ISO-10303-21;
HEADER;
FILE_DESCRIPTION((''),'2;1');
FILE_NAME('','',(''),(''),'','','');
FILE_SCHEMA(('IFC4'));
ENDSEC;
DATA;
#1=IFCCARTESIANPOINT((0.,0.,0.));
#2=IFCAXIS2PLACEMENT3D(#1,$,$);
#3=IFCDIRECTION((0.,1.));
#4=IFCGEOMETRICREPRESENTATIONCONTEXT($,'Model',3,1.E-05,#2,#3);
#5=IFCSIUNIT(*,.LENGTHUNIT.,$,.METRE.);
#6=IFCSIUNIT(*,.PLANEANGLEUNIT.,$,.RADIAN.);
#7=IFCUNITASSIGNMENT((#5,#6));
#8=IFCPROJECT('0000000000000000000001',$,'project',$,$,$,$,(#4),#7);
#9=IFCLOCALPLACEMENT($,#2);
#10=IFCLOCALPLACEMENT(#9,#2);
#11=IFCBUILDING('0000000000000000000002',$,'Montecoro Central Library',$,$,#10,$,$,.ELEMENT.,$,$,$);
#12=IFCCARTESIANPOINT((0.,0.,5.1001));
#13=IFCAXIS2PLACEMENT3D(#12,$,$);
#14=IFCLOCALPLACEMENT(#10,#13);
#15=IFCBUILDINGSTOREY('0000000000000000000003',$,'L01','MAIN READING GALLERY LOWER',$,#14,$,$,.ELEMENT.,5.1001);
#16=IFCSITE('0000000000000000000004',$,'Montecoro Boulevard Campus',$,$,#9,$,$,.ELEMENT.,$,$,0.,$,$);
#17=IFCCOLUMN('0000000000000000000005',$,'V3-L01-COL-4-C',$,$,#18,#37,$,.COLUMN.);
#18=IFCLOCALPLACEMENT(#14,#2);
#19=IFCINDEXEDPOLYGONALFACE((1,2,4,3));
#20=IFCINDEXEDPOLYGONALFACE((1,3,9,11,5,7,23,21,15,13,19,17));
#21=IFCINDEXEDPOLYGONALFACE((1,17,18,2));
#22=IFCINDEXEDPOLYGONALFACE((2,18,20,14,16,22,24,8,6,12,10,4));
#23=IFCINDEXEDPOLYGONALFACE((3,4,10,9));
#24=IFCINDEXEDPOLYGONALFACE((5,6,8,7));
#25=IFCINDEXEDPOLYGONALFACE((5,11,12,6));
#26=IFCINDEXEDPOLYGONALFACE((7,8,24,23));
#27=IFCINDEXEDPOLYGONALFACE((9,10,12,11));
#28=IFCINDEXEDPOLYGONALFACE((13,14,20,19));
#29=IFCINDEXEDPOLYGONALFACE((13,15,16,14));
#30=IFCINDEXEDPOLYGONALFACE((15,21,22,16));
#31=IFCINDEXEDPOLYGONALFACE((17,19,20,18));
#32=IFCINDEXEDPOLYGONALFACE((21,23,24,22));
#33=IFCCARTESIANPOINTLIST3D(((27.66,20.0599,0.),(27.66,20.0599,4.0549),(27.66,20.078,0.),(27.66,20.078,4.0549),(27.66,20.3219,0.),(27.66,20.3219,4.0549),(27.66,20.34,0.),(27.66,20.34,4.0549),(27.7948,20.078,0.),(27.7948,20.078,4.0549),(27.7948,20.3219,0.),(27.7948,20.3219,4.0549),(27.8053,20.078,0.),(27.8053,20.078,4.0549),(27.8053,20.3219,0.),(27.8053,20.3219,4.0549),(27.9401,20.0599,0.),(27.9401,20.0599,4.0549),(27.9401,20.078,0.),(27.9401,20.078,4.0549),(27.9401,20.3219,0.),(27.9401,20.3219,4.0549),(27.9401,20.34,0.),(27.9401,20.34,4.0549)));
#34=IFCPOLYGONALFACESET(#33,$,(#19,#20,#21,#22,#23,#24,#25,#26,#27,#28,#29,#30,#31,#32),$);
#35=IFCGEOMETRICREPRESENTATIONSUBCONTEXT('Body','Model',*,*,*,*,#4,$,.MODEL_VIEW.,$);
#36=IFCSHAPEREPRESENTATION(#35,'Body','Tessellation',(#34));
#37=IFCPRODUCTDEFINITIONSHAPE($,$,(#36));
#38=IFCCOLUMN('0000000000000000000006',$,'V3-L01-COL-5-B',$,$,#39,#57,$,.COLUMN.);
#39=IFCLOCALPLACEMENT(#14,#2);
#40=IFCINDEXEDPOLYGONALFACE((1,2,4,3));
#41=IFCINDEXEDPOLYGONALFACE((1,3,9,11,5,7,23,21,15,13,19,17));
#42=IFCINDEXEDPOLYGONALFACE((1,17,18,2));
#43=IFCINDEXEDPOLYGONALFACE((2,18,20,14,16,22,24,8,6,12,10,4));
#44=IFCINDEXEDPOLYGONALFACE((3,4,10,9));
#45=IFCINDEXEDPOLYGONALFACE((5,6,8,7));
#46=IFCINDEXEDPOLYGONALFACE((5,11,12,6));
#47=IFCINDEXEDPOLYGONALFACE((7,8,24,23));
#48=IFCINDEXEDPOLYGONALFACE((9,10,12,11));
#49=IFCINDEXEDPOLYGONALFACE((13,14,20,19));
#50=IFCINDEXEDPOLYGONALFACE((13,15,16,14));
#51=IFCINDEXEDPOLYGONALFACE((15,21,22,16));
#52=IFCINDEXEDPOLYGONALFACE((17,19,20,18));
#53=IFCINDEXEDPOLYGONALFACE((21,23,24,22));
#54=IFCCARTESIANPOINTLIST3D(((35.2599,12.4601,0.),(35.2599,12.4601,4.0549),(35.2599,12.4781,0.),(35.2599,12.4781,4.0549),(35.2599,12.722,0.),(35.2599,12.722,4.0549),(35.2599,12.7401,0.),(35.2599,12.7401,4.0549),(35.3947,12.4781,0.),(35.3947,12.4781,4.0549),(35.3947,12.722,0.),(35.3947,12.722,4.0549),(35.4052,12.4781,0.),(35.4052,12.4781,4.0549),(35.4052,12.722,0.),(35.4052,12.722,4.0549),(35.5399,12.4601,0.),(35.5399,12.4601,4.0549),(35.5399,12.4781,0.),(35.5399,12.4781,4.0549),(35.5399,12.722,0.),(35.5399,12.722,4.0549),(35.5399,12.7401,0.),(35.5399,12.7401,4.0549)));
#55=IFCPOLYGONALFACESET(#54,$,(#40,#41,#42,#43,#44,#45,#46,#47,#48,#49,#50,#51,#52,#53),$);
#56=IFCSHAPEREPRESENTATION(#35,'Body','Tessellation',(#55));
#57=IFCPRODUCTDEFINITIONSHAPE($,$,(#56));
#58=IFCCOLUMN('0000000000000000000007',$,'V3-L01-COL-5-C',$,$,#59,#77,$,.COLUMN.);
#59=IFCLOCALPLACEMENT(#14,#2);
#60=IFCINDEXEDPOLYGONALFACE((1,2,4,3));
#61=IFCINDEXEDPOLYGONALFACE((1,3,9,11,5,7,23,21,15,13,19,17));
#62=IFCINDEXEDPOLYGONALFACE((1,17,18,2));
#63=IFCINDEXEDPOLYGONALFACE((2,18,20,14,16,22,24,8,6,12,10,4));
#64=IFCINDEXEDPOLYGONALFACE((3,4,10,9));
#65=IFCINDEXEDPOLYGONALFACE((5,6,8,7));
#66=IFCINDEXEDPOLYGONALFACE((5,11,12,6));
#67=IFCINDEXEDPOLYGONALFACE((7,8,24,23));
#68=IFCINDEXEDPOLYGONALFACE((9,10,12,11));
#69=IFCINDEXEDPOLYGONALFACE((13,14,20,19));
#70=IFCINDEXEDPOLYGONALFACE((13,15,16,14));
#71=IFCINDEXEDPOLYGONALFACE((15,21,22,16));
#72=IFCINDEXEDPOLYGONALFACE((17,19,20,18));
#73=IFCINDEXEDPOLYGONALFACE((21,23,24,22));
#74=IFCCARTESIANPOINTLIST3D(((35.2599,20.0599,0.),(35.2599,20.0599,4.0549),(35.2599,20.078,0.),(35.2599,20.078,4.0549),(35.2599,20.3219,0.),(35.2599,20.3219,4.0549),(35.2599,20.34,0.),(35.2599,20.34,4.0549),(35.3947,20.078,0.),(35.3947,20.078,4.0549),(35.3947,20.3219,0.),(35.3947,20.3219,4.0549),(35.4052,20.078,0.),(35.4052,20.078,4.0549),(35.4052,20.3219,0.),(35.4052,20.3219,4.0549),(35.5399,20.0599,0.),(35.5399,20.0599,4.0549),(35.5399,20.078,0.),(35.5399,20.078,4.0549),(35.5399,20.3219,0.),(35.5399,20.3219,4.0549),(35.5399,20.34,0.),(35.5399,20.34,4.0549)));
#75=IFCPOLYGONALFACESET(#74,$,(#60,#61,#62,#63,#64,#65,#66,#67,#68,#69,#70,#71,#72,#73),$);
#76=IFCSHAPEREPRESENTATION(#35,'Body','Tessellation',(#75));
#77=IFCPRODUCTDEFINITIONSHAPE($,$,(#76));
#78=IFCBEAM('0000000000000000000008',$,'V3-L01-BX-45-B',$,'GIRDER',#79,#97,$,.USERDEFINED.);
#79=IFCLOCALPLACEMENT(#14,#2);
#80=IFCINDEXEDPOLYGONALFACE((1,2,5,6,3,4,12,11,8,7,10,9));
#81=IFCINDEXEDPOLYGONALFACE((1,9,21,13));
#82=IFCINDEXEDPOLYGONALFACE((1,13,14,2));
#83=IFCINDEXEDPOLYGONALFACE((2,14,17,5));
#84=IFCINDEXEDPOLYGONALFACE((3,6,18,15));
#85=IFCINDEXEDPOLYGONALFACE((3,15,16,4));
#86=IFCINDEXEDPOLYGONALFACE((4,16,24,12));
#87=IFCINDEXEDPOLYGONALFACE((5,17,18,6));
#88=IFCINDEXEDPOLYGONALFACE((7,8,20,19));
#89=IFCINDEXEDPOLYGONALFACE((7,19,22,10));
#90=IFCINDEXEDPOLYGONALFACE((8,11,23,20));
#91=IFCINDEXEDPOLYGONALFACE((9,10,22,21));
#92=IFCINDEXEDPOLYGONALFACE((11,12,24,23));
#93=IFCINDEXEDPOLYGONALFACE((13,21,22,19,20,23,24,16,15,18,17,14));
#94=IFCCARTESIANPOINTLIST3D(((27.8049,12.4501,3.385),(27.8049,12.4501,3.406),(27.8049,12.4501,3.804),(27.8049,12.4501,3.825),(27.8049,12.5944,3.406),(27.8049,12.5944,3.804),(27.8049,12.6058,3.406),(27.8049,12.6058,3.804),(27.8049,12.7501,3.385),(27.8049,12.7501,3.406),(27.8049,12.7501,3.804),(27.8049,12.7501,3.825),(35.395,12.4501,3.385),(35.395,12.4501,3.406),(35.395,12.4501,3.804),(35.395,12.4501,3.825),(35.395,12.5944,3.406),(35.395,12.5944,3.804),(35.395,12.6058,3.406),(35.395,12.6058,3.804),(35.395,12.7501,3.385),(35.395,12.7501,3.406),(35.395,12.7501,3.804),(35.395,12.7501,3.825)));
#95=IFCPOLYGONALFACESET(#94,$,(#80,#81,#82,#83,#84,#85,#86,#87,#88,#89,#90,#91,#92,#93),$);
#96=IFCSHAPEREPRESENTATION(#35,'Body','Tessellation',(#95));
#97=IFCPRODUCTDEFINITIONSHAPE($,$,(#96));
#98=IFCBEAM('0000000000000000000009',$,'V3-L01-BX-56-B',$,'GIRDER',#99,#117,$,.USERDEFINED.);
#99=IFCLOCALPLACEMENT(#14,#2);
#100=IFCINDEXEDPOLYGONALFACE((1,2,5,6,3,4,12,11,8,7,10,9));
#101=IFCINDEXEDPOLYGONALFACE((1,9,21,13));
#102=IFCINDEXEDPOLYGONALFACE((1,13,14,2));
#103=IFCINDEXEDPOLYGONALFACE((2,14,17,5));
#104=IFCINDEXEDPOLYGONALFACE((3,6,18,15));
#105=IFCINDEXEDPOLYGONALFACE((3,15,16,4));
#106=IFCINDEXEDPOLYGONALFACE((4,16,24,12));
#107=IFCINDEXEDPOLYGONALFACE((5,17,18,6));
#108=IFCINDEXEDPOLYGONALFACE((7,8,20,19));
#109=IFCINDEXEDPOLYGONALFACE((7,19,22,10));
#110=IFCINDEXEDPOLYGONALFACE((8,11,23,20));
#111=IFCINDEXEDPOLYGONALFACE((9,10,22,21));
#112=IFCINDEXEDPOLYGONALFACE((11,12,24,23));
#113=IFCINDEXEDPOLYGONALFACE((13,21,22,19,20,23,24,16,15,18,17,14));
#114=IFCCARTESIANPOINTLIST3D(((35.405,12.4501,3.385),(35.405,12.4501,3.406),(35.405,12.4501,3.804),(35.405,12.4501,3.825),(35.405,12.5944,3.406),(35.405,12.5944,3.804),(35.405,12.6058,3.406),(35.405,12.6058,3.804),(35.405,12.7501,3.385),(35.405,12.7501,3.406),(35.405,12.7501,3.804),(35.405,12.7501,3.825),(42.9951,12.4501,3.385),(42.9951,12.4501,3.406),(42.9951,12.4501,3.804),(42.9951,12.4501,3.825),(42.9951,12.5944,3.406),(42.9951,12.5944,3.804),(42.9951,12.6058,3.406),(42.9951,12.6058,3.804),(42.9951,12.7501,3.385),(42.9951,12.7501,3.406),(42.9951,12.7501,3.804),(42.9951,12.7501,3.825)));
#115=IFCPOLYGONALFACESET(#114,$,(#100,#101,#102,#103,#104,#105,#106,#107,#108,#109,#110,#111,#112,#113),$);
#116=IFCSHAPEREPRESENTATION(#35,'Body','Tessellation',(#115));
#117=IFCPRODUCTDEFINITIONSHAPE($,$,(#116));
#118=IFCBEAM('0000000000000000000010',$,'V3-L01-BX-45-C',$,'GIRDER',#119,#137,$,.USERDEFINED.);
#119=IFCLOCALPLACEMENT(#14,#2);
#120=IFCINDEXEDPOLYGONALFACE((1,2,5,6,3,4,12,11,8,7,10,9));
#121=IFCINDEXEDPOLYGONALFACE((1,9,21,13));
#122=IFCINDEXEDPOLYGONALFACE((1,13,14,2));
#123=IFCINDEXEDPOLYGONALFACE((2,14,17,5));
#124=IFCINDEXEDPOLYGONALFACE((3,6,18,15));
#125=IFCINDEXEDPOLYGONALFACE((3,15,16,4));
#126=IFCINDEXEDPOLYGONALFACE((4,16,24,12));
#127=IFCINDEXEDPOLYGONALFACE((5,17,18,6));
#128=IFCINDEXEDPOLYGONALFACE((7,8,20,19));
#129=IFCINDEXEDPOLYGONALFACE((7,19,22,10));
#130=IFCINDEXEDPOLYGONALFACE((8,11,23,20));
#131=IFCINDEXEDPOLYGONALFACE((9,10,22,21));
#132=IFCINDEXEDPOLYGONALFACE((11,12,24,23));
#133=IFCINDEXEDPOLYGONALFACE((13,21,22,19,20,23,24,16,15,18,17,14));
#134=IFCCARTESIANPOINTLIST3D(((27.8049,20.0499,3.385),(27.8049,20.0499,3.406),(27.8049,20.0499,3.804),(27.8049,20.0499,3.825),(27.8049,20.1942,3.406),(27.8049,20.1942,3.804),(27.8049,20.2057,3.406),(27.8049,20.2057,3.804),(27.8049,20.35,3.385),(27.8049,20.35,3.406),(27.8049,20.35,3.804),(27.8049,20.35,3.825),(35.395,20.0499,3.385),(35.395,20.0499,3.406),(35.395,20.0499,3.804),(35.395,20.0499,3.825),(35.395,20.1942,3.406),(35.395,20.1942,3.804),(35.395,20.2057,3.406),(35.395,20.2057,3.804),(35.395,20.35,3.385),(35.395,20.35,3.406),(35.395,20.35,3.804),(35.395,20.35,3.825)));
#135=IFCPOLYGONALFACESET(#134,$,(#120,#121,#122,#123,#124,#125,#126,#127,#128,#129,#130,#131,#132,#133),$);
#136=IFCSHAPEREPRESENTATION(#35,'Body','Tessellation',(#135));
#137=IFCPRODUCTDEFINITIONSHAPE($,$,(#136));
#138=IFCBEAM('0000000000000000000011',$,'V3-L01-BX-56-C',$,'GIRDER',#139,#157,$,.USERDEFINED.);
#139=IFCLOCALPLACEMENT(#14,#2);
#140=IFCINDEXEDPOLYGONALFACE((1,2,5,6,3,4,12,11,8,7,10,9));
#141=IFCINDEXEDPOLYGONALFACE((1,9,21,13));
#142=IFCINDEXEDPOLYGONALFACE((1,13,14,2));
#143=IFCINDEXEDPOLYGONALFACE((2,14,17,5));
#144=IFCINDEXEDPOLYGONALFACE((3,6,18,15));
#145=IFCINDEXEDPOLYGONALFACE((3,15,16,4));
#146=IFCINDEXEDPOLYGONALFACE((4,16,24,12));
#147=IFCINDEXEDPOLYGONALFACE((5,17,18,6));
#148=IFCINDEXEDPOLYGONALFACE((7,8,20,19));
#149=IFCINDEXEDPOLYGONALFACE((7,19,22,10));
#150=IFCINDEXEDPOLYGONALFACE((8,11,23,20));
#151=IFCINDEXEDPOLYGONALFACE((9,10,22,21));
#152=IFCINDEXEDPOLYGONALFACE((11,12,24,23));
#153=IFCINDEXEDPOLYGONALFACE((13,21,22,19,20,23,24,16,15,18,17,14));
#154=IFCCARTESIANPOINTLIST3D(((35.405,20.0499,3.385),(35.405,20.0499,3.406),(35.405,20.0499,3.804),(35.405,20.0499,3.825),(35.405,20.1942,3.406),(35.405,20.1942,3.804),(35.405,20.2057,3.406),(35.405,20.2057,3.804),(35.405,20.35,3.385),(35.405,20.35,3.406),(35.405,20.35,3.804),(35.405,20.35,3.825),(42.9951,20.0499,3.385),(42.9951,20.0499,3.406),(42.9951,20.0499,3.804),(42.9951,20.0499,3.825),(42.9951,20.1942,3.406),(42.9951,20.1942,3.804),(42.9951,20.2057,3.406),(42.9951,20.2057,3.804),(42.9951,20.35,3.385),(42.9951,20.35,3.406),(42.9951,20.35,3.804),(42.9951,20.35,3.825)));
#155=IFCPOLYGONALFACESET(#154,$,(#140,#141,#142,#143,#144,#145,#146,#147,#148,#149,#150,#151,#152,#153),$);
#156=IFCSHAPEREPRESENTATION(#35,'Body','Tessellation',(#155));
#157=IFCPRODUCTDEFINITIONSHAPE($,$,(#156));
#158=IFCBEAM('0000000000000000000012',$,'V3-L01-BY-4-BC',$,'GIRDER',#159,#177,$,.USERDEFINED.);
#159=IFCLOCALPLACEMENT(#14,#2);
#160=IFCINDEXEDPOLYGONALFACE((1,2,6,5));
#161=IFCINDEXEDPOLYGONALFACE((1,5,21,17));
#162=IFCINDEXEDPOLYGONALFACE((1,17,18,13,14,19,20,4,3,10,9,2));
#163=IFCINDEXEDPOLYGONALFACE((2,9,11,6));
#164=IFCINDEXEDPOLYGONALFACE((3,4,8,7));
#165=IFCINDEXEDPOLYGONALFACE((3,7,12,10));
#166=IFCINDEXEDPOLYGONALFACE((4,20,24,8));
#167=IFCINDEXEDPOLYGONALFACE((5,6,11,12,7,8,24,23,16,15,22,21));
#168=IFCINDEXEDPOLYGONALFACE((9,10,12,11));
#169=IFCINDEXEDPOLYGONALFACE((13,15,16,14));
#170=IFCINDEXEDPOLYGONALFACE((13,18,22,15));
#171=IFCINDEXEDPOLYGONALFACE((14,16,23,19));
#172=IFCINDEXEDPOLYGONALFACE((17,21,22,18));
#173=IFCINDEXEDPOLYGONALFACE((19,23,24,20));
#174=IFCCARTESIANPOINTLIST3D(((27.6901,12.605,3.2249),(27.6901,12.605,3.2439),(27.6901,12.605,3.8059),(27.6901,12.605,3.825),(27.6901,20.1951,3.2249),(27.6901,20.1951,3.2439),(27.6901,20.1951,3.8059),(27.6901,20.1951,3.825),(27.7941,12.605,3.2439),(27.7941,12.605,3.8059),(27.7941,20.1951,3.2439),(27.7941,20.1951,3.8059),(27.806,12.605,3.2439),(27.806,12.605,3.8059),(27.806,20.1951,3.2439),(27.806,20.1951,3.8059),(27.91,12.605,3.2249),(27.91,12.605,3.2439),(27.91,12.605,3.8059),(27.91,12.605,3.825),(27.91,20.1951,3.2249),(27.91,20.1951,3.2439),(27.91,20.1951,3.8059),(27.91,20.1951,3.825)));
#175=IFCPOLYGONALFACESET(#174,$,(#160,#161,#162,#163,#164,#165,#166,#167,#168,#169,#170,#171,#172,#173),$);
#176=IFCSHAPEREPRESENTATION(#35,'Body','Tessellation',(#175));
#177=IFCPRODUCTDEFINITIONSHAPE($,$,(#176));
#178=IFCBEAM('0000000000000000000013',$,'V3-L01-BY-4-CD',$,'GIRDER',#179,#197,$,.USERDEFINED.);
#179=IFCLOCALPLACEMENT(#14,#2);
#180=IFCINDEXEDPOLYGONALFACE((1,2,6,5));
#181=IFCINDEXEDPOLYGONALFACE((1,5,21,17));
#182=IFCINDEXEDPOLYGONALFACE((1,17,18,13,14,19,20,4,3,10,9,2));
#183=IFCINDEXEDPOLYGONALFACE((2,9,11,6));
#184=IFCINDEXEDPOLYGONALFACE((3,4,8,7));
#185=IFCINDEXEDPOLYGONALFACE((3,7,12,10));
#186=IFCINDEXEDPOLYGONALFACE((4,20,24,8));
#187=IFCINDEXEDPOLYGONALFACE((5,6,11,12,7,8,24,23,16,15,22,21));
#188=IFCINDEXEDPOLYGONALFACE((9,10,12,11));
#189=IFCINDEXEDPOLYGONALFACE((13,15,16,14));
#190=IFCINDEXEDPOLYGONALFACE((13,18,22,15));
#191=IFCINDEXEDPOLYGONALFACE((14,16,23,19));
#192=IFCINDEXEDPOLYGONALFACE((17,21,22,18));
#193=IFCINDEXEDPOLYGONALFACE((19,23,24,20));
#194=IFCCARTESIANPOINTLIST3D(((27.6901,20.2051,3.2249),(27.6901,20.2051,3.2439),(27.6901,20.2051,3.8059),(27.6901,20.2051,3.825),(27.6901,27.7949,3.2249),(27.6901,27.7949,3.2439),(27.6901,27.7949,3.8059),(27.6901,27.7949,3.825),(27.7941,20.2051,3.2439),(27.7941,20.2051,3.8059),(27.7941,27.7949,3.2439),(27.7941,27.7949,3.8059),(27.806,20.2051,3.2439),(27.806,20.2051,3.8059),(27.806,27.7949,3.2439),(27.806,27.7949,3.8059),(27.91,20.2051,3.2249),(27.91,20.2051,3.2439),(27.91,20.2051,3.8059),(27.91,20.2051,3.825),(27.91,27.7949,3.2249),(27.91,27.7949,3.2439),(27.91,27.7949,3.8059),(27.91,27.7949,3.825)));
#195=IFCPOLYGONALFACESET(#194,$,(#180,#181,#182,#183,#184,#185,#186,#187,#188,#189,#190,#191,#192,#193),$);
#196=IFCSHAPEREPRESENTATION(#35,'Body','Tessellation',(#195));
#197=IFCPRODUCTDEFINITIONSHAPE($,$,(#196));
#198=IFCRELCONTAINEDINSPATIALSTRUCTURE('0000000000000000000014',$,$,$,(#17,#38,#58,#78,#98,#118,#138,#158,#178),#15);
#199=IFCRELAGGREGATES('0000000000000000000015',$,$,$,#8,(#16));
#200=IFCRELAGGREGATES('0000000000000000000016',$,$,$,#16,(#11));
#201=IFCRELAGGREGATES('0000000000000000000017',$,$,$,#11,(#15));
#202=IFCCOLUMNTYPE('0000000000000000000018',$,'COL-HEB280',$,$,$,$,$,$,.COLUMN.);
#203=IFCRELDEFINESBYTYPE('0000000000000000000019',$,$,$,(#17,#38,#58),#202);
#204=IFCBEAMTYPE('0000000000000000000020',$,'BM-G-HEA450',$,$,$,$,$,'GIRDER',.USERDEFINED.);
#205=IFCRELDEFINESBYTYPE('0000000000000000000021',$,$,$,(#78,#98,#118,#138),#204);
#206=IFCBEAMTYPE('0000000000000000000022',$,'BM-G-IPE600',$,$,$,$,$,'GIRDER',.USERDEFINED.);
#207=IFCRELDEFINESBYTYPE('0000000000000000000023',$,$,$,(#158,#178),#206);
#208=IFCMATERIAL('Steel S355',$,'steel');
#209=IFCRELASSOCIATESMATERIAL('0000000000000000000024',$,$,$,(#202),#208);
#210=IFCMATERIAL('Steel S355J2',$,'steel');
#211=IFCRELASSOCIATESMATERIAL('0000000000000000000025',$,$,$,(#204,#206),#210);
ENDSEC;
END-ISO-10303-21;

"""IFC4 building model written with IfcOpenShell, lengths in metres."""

from ifc_helpers import new_model, si_unit, direction, frame, origin, origin_2d, place, context, subcontext, project, spatial, i_section, extrude, material, material_profile, profile_set, type_object, element, save


model = new_model("IFC4")

# Units and contexts
model_context = context("Model", 3, precision=1e-05, world=origin(), true_north=direction((0.0, 1.0)))
body_context = subcontext(model_context, "Body", "Model", "MODEL_VIEW")
ifc_project = project(units=[si_unit("LENGTHUNIT", "METRE"), si_unit("PLANEANGLEUNIT", "RADIAN")], contexts=[model_context])

# Site, building, storey
site_placement = place(None, origin())
site = spatial("IfcSite", under=ifc_project, at=site_placement, Name="Montecoro Boulevard Campus", CompositionType="ELEMENT", RefElevation=0.0)
building_placement = place(site_placement, origin())
building = spatial("IfcBuilding", under=site, at=building_placement, Name="Montecoro Central Library", CompositionType="ELEMENT")
storey_placement = place(building_placement, frame((0.0, 0.0, 5.1001)))
storey = spatial("IfcBuildingStorey", under=building, at=storey_placement, Name="L01", Description="MAIN READING GALLERY LOWER", CompositionType="ELEMENT", Elevation=5.1001)

# Columns
ifc_material_1 = material(Name="Steel S355", Category="steel")
ifc_material_profile_1 = material_profile(ifc_material_1, i_section(OverallWidth=0.28, OverallDepth=0.28, WebThickness=0.0105, FlangeThickness=0.0181, at=origin_2d()), Name="HEB 280")
ifc_profile_set_1 = profile_set([ifc_material_profile_1], Name="Steel S355")
column_type = type_object("IfcColumnType", Name="COL-HEB280", PredefinedType="COLUMN", material=ifc_profile_set_1)
for number, where, z_axis, x_axis, name in (
    (1, (27.8, 20.2, 0.0), (0.0, 0.0, 1.0), (1.0, 0.0, 0.0), "V3-L01-COL-4-C"),
    (2, (35.3999, 12.6001, 0.0), (0.0, 0.0, 1.0), (1.0, 0.0, 0.0), "V3-L01-COL-5-B"),
    (3, (35.3999, 20.2, 0.0), (0.0, 0.0, 1.0), (1.0, 0.0, 0.0), "V3-L01-COL-5-C"),
):
    element("IfcColumn", number, at=place(storey_placement, frame(where, z_axis=z_axis, x_axis=x_axis)), inside=storey, type_object=column_type, Name=name, PredefinedType="COLUMN", context=body_context, shape_type="SweptSolid", body=[
        extrude(i_section(OverallWidth=0.28, OverallDepth=0.28, WebThickness=0.0105, FlangeThickness=0.0181, at=origin_2d()), origin(), (0.0, 0.0, 1.0), 4.0549),
    ])

# Beams
ifc_material_2 = material(Name="Steel S355J2", Category="steel")
ifc_material_profile_2 = material_profile(ifc_material_2, i_section(OverallWidth=0.3, OverallDepth=0.4399, WebThickness=0.0115, FlangeThickness=0.021, at=origin_2d()), Name="HEA 450")
ifc_profile_set_2 = profile_set([ifc_material_profile_2], Name="Steel S355J2")
beam_type_1 = type_object("IfcBeamType", Name="BM-G-HEA450", ElementType="GIRDER", PredefinedType="USERDEFINED", material=ifc_profile_set_2)
for number, where, z_axis, x_axis, name in (
    (4, (27.8049, 12.6001, 3.605), (1.0, 0.0, 0.0), (0.0, 1.0, 0.0), "V3-L01-BX-45-B"),
    (5, (35.405, 12.6001, 3.605), (1.0, 0.0, 0.0), (0.0, 1.0, 0.0), "V3-L01-BX-56-B"),
    (6, (27.8049, 20.2, 3.605), (1.0, 0.0, 0.0), (0.0, 1.0, 0.0), "V3-L01-BX-45-C"),
    (7, (35.405, 20.2, 3.605), (1.0, 0.0, 0.0), (0.0, 1.0, 0.0), "V3-L01-BX-56-C"),
):
    element("IfcBeam", number, at=place(storey_placement, frame(where, z_axis=z_axis, x_axis=x_axis)), inside=storey, type_object=beam_type_1, Name=name, ObjectType="GIRDER", PredefinedType="USERDEFINED", context=body_context, shape_type="SweptSolid", body=[
        extrude(i_section(OverallWidth=0.3, OverallDepth=0.4399, WebThickness=0.0115, FlangeThickness=0.021, at=origin_2d()), origin(), (0.0, 0.0, 1.0), 7.5901),
    ])
ifc_material_profile_3 = material_profile(ifc_material_2, i_section(OverallWidth=0.22, OverallDepth=0.6001, WebThickness=0.012, FlangeThickness=0.019, at=origin_2d()), Name="IPE 600")
ifc_profile_set_3 = profile_set([ifc_material_profile_3], Name="Steel S355J2")
beam_type_2 = type_object("IfcBeamType", Name="BM-G-IPE600", ElementType="GIRDER", PredefinedType="USERDEFINED", material=ifc_profile_set_3)
beam_1_placement = place(storey_placement, frame((27.8, 12.605, 3.5249), z_axis=(0.0, 1.0, 0.0), x_axis=(-1.0, 0.0, 0.0)))
element("IfcBeam", 8, at=beam_1_placement, inside=storey, type_object=beam_type_2, Name="V3-L01-BY-4-BC", ObjectType="GIRDER", PredefinedType="USERDEFINED", context=body_context, shape_type="SweptSolid", body=[
    extrude(i_section(OverallWidth=0.22, OverallDepth=0.6001, WebThickness=0.012, FlangeThickness=0.019, at=origin_2d()), origin(), (0.0, 0.0, 1.0), 7.5901),
])
beam_2_placement = place(storey_placement, frame((27.8, 20.2051, 3.5249), z_axis=(0.0, 1.0, 0.0), x_axis=(-1.0, 0.0, 0.0)))
element("IfcBeam", 9, at=beam_2_placement, inside=storey, type_object=beam_type_2, Name="V3-L01-BY-4-CD", ObjectType="GIRDER", PredefinedType="USERDEFINED", context=body_context, shape_type="SweptSolid", body=[
    extrude(i_section(OverallWidth=0.22, OverallDepth=0.6001, WebThickness=0.012, FlangeThickness=0.019, at=origin_2d()), origin(), (0.0, 0.0, 1.0), 7.5898),
])

save(model, "model.ifc")
